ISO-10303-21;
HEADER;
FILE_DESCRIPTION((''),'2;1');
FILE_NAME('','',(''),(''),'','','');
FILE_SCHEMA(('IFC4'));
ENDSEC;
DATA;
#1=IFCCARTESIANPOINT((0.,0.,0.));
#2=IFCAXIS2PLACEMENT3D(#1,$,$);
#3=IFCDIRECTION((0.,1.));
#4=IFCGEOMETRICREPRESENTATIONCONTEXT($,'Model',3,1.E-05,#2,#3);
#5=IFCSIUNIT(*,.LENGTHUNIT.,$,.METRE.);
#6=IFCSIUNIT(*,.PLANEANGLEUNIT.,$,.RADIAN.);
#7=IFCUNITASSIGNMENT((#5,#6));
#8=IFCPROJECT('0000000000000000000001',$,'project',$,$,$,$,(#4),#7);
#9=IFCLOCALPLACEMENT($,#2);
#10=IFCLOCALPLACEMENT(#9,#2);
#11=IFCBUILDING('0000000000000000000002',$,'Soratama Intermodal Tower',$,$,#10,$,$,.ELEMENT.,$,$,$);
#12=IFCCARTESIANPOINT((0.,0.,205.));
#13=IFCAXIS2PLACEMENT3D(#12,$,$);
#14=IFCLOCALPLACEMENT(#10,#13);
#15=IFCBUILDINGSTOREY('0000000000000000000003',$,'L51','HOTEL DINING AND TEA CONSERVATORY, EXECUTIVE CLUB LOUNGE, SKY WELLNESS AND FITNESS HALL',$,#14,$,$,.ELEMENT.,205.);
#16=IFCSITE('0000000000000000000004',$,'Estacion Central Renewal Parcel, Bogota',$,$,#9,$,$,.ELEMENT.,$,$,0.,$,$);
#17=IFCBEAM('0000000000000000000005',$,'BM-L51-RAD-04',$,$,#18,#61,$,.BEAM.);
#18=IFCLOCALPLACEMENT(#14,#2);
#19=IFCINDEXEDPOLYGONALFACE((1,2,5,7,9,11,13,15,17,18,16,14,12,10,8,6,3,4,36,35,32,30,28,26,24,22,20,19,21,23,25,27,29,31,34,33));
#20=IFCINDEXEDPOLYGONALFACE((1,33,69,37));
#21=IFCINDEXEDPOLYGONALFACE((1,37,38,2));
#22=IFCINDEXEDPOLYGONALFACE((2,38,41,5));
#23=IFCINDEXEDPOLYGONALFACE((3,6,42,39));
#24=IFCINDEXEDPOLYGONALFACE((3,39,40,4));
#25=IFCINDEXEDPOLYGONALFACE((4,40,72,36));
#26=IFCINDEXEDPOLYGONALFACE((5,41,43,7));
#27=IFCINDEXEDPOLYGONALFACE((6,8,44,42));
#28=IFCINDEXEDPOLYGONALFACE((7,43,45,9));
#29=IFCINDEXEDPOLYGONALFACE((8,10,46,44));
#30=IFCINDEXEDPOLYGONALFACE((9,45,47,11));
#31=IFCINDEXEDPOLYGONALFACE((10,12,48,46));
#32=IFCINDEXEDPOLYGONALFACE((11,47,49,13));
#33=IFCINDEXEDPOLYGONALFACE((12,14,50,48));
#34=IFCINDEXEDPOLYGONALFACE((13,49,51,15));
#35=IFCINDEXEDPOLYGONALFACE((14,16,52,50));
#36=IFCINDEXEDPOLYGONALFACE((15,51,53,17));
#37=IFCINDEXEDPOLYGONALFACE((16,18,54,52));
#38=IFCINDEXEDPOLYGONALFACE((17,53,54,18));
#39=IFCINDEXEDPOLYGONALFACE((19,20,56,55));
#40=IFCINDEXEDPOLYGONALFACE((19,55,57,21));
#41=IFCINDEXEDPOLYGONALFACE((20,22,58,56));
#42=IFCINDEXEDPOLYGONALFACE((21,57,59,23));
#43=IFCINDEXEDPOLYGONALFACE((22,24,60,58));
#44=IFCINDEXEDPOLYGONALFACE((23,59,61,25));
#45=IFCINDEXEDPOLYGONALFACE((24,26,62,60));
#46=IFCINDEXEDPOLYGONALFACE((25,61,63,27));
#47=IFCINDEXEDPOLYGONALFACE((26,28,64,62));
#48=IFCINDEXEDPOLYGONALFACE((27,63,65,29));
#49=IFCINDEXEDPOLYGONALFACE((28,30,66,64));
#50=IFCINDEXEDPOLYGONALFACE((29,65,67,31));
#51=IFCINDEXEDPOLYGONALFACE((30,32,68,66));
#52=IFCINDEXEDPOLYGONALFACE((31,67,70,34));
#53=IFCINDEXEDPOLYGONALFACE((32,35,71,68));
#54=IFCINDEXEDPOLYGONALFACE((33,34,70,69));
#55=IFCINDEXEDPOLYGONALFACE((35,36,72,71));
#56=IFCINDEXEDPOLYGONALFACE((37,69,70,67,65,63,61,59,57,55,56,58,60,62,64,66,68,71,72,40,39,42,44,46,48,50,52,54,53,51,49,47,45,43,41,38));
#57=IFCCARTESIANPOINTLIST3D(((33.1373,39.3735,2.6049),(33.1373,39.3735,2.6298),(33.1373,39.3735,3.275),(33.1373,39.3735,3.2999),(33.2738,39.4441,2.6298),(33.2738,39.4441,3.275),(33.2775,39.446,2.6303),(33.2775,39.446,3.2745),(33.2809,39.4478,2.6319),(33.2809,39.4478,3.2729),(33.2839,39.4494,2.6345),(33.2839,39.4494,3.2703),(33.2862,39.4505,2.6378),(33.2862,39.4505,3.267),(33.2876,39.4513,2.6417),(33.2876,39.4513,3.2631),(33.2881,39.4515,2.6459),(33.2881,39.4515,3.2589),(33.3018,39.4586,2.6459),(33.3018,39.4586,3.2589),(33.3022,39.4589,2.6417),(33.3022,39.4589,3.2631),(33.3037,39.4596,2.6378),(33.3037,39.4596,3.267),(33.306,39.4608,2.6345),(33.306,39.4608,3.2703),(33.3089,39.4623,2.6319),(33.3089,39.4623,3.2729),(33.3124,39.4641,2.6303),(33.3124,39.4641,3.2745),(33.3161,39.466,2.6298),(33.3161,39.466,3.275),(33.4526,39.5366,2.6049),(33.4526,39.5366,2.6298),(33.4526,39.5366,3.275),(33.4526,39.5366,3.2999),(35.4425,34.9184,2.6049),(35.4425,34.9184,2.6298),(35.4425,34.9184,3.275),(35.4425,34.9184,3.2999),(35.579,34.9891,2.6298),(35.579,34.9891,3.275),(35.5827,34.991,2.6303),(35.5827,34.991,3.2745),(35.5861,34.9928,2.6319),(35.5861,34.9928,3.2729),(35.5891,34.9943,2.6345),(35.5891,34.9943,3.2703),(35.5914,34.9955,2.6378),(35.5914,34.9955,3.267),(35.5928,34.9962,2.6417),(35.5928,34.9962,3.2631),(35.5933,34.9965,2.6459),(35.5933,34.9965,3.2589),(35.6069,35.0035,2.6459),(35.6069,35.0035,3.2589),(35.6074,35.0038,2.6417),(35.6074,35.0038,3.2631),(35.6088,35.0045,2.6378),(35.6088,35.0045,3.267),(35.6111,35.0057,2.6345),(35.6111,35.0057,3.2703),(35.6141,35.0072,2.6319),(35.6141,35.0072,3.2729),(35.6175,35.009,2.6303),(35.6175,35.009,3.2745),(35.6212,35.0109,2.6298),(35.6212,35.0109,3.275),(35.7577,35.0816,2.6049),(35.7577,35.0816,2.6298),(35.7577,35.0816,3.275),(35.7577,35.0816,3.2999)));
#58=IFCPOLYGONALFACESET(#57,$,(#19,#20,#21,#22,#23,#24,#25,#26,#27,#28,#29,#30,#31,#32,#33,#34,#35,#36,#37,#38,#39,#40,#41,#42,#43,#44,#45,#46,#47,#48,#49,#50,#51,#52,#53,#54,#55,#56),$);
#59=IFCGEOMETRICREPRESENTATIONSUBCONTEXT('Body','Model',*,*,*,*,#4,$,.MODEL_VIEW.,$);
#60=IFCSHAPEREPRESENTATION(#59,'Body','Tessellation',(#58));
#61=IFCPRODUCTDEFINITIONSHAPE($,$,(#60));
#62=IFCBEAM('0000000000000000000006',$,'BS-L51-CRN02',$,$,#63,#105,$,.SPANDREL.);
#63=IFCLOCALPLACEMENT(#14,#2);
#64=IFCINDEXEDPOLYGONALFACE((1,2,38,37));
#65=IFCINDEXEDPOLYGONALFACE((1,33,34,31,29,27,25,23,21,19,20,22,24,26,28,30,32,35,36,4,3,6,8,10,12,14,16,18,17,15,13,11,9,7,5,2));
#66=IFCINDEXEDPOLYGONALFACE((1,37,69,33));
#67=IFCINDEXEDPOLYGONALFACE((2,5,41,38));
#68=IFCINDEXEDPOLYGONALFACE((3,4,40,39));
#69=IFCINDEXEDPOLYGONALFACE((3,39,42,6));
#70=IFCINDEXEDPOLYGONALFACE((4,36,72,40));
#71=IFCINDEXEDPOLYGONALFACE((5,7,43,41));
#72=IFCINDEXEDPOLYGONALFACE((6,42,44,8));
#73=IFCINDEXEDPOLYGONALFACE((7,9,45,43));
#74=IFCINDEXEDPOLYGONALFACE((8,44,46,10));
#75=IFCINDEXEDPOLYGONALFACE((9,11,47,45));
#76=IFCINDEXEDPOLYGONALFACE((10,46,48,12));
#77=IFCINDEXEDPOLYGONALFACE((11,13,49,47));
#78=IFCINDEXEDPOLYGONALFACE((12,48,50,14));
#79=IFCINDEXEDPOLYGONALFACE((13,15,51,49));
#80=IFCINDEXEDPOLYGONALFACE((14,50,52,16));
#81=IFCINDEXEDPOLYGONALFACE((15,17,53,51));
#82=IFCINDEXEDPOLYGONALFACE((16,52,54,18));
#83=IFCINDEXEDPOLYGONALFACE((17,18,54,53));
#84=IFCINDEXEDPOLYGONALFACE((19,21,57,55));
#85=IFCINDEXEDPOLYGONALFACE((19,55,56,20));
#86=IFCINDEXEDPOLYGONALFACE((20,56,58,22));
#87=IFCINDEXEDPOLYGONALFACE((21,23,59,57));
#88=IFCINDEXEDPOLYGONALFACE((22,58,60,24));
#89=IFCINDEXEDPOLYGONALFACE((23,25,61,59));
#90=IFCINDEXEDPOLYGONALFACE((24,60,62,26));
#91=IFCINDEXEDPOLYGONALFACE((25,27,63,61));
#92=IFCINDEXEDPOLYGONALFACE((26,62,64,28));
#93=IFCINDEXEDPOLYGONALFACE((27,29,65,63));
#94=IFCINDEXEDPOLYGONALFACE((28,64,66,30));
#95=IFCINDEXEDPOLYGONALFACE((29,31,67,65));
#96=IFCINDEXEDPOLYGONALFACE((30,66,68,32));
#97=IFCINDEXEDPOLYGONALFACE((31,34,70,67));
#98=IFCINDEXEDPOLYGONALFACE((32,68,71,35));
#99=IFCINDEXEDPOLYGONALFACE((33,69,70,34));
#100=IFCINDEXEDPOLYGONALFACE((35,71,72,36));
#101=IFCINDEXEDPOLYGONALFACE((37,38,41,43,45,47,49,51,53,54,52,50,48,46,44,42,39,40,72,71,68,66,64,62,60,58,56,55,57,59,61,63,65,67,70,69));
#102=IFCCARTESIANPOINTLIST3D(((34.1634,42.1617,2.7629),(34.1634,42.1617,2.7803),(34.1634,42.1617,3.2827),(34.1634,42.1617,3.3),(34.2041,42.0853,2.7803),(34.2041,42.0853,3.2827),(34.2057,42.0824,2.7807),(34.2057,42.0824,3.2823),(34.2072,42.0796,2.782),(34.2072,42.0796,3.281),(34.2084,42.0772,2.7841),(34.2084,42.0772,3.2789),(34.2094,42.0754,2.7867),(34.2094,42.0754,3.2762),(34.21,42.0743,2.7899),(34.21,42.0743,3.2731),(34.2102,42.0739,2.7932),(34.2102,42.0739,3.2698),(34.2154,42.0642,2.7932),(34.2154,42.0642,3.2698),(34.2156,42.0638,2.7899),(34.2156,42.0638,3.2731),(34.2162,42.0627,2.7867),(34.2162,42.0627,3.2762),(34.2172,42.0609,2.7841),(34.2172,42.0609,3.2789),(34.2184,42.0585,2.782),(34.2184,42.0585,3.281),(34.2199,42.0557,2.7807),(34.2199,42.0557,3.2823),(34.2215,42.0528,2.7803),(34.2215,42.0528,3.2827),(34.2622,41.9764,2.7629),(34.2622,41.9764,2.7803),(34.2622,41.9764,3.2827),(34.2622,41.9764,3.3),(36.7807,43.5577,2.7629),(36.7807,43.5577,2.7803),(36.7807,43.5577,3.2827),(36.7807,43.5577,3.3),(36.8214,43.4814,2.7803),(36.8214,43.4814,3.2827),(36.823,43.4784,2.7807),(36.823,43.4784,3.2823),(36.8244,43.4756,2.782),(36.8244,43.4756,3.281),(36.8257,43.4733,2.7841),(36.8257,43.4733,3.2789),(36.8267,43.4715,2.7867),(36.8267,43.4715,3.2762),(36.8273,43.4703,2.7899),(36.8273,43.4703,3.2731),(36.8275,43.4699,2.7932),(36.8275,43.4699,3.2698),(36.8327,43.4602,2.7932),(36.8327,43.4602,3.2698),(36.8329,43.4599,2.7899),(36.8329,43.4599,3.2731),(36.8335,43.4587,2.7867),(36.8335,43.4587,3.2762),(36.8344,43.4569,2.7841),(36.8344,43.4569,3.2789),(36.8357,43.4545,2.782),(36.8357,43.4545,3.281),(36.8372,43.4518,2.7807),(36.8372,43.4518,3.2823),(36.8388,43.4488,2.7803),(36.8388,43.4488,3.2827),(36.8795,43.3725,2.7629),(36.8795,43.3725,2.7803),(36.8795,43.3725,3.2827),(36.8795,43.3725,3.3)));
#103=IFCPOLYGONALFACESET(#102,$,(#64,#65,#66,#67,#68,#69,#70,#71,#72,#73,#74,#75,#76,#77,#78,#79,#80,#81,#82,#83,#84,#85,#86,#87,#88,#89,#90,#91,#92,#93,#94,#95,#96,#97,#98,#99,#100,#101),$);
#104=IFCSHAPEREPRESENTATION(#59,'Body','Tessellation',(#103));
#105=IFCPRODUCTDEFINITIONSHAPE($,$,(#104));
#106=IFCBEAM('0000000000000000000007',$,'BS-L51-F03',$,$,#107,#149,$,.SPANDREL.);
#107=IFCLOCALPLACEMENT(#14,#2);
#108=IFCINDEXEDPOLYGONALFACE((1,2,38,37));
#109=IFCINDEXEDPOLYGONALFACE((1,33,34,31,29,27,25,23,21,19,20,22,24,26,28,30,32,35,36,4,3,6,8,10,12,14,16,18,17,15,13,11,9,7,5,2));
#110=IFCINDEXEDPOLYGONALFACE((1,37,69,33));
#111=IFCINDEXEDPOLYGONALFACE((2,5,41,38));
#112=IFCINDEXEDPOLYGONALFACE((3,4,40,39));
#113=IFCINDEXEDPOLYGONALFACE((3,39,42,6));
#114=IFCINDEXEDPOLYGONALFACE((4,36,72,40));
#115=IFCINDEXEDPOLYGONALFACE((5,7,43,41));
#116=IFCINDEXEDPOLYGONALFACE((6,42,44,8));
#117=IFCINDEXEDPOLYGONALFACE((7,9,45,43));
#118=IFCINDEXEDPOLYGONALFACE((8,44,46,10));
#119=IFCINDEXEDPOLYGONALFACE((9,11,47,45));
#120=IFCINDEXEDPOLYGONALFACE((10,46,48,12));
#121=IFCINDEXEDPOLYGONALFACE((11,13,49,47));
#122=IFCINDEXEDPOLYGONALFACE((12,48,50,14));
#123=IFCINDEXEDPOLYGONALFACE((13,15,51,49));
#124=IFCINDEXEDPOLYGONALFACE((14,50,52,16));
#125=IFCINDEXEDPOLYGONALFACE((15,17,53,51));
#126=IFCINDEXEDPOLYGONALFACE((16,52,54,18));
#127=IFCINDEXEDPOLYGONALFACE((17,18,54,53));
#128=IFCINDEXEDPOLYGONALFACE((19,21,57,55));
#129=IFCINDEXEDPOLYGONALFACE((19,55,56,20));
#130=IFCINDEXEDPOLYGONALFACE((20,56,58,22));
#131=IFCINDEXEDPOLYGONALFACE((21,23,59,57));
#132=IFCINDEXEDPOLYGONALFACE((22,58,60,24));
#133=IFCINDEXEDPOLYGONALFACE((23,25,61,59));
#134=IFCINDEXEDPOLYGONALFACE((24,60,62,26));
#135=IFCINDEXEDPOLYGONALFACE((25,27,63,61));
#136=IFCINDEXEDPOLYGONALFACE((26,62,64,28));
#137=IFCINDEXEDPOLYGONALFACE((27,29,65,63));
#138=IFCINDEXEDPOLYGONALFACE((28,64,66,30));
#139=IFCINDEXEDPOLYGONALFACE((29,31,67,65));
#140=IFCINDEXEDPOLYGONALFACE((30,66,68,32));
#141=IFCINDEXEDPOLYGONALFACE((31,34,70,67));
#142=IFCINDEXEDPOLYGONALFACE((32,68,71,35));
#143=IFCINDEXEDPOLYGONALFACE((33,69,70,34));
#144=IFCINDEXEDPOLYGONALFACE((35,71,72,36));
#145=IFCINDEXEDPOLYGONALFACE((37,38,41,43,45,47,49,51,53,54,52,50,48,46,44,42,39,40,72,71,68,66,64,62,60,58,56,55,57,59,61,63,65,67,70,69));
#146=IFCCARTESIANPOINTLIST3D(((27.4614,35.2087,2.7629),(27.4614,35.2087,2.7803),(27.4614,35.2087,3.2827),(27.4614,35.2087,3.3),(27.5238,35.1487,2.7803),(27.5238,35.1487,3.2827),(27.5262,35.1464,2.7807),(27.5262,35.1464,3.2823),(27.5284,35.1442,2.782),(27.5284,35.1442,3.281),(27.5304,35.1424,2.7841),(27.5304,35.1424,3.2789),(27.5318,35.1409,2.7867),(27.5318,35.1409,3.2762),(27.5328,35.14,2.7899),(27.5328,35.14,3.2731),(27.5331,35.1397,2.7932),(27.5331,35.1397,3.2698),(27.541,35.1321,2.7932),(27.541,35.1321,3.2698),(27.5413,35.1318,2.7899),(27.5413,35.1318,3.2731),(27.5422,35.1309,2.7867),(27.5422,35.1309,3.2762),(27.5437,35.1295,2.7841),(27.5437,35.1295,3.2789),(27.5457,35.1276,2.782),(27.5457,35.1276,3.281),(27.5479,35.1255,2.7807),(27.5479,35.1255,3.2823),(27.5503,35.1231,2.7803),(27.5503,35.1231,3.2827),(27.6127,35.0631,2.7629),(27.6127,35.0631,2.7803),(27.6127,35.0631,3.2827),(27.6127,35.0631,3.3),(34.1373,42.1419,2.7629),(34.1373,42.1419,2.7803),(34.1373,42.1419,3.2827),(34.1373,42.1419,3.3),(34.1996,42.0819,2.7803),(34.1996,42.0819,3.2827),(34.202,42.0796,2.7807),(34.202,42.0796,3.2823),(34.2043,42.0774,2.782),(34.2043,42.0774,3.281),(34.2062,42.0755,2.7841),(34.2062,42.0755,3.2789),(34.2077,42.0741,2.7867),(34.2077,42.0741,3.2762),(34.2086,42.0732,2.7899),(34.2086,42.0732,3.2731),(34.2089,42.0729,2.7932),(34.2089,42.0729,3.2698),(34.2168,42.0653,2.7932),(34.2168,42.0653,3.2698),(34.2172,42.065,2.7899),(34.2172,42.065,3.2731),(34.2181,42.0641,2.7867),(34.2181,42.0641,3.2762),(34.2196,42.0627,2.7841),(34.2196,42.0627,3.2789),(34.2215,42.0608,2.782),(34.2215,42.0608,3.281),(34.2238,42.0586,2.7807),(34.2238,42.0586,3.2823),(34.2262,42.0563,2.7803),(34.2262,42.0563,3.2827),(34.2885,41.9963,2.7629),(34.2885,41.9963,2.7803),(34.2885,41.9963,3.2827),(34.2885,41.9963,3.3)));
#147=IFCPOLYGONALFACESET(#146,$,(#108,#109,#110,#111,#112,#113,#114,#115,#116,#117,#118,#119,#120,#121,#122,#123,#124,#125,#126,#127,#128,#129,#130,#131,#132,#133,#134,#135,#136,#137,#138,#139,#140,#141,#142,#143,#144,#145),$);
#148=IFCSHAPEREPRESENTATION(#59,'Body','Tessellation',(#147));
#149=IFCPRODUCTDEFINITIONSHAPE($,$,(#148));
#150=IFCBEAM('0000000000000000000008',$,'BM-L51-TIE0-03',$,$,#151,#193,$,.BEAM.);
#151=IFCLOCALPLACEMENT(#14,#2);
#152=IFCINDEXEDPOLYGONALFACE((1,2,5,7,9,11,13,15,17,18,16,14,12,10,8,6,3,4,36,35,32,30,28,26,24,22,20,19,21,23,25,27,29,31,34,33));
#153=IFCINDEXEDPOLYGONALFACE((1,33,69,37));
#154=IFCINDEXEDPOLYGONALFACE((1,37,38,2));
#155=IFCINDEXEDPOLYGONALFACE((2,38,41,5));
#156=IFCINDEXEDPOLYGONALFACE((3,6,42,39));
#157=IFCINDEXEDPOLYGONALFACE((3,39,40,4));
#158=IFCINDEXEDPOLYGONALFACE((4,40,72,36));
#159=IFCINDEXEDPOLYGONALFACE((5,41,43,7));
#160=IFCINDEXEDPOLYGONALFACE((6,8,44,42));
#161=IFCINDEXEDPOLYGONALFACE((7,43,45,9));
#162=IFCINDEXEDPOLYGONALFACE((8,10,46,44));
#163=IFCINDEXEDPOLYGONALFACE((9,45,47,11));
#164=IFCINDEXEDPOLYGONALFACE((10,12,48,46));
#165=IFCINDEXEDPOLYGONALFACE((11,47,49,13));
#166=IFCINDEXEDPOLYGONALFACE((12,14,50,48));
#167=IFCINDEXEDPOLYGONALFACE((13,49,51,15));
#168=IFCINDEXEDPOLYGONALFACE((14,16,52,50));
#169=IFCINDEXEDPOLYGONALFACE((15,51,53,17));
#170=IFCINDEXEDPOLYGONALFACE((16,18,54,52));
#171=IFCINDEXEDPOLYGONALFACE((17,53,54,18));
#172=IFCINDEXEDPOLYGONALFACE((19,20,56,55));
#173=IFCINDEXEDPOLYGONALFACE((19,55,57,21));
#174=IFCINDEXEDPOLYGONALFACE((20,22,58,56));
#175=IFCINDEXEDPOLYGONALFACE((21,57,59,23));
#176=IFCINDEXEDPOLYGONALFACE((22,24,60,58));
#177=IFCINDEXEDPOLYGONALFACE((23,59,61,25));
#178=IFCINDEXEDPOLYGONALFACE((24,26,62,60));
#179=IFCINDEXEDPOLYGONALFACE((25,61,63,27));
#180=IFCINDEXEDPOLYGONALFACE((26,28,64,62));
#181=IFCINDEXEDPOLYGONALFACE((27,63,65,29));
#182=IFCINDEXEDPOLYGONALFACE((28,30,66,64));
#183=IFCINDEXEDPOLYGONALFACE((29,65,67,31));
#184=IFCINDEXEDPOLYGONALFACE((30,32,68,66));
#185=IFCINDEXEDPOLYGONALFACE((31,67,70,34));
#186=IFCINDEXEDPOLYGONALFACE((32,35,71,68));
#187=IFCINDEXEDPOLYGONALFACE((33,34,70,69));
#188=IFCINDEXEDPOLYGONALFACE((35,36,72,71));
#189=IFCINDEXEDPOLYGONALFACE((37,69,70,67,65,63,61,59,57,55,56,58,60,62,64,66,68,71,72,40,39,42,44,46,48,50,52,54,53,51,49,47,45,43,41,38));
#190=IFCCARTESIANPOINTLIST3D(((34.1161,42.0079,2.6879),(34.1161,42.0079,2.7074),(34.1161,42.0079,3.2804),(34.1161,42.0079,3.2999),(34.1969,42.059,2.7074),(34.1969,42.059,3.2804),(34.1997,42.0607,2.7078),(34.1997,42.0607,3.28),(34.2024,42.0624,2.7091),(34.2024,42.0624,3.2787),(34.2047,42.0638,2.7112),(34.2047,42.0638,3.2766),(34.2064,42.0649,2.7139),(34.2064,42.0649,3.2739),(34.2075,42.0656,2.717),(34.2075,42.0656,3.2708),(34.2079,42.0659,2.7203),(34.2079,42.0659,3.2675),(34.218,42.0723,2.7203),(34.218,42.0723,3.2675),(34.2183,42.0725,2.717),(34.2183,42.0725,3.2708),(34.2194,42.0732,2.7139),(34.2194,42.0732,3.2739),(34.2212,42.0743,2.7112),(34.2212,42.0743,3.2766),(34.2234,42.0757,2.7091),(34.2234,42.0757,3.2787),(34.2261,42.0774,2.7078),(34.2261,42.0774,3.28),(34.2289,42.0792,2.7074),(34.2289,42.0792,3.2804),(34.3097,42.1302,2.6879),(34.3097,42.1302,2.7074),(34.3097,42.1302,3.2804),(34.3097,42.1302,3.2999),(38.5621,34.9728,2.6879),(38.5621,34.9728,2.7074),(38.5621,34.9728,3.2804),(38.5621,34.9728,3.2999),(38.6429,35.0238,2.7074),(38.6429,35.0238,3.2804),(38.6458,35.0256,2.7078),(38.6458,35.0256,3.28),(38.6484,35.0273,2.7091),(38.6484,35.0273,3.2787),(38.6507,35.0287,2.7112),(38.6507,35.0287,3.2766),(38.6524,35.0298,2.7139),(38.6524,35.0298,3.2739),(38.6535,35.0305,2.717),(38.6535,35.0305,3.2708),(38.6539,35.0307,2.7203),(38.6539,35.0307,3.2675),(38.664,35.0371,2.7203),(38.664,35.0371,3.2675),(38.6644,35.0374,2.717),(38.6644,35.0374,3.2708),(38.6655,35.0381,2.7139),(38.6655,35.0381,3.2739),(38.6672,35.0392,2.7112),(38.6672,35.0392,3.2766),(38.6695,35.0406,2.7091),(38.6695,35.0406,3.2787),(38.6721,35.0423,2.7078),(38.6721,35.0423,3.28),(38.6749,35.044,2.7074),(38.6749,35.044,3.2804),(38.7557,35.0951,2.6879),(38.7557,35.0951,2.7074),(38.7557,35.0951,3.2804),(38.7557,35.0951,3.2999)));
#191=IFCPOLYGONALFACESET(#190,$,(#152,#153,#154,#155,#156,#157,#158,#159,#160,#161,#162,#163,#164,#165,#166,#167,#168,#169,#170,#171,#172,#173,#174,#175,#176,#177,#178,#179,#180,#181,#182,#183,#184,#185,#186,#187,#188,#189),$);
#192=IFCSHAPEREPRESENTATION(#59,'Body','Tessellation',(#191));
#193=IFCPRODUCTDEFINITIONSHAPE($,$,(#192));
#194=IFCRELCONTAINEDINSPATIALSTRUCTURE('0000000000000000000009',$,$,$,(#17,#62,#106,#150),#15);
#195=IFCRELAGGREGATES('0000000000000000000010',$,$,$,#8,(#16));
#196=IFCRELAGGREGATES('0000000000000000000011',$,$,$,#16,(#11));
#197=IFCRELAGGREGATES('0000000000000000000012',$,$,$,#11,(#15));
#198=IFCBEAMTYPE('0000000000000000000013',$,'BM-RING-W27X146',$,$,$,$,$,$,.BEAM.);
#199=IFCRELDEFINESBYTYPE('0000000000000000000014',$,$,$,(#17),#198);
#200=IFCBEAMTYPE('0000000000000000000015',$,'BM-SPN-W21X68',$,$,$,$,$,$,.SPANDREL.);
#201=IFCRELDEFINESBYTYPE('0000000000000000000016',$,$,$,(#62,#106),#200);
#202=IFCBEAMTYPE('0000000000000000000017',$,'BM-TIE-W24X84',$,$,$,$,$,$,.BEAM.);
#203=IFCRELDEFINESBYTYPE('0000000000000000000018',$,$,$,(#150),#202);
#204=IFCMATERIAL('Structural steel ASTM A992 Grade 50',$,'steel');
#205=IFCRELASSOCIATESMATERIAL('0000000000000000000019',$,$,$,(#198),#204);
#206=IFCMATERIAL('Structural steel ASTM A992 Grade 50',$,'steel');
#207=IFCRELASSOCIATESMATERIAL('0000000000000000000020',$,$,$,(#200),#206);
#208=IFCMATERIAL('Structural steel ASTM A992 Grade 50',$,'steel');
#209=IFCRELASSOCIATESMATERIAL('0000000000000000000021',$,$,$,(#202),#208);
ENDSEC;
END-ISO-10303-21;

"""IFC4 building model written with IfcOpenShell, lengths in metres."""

from ifc_helpers import new_model, si_unit, direction, frame, origin, origin_2d, place, context, subcontext, project, spatial, i_section, extrude, material, material_profile, profile_set, type_object, element, save


model = new_model("IFC4")

# Units and contexts
model_context = context("Model", 3, precision=1e-05, world=origin(), true_north=direction((0.0, 1.0)))
body_context = subcontext(model_context, "Body", "Model", "MODEL_VIEW")
ifc_project = project(units=[si_unit("LENGTHUNIT", "METRE"), si_unit("PLANEANGLEUNIT", "RADIAN")], contexts=[model_context])

# Site, building, storey
site_placement = place(None, origin())
site = spatial("IfcSite", under=ifc_project, at=site_placement, Name="Estacion Central Renewal Parcel, Bogota", CompositionType="ELEMENT", RefElevation=0.0)
building_placement = place(site_placement, origin())
building = spatial("IfcBuilding", under=site, at=building_placement, Name="Soratama Intermodal Tower", CompositionType="ELEMENT")
storey_placement = place(building_placement, frame((0.0, 0.0, 205.0)))
storey = spatial("IfcBuildingStorey", under=building, at=storey_placement, Name="L51", Description="HOTEL DINING AND TEA CONSERVATORY, EXECUTIVE CLUB LOUNGE, SKY WELLNESS AND FITNESS HALL", CompositionType="ELEMENT", Elevation=205.0)

# Beams
ifc_material_1 = material(Name="Structural steel ASTM A992 Grade 50", Category="steel")
ifc_material_profile_1 = material_profile(ifc_material_1, i_section(OverallWidth=0.355, OverallDepth=0.6951, WebThickness=0.0154, FlangeThickness=0.0249, FilletRadius=0.0161, at=origin_2d()), Name="W27X146")
ifc_profile_set_1 = profile_set([ifc_material_profile_1], Name="Structural steel ASTM A992 Grade 50")
beam_type_1 = type_object("IfcBeamType", Name="BM-RING-W27X146", PredefinedType="BEAM", material=ifc_profile_set_1)
beam_1_placement = place(storey_placement, frame((35.6001, 35.0, 2.9524), z_axis=(-0.459553, 0.888151, 0.0), x_axis=(-0.888151, -0.459553, 0.0)))
element("IfcBeam", 1, at=beam_1_placement, inside=storey, type_object=beam_type_1, Name="BM-L51-RAD-04", PredefinedType="BEAM", context=body_context, shape_type="SweptSolid", body=[
    extrude(i_section(OverallWidth=0.355, OverallDepth=0.6951, WebThickness=0.0154, FlangeThickness=0.0249, FilletRadius=0.0161, at=origin_2d()), origin(), (0.0, 0.0, 1.0), 5.0161),
])
ifc_material_2 = material(Name="Structural steel ASTM A992 Grade 50", Category="steel")
ifc_material_profile_2 = material_profile(ifc_material_2, i_section(OverallWidth=0.21, OverallDepth=0.5371, WebThickness=0.011, FlangeThickness=0.0173, FilletRadius=0.0129, at=origin_2d()), Name="W21X68")
ifc_profile_set_2 = profile_set([ifc_material_profile_2], Name="Structural steel ASTM A992 Grade 50")
beam_type_2 = type_object("IfcBeamType", Name="BM-SPN-W21X68", PredefinedType="SPANDREL", material=ifc_profile_set_2)
beam_2_placement = place(storey_placement, frame((36.8301, 43.4651, 3.0315), z_axis=(-0.88233, -0.470631, 0.0), x_axis=(0.470631, -0.88233, 0.0)))
element("IfcBeam", 2, at=beam_2_placement, inside=storey, type_object=beam_type_2, Name="BS-L51-CRN02", PredefinedType="SPANDREL", context=body_context, shape_type="SweptSolid", body=[
    extrude(i_section(OverallWidth=0.21, OverallDepth=0.5371, WebThickness=0.011, FlangeThickness=0.0173, FilletRadius=0.0129, at=origin_2d()), origin(), (0.0, 0.0, 1.0), 2.9663),
])
beam_3_placement = place(storey_placement, frame((34.2129, 42.0691, 3.0315), z_axis=(-0.693612, -0.720348, 0.0), x_axis=(0.720348, -0.693612, 0.0)))
element("IfcBeam", 3, at=beam_3_placement, inside=storey, type_object=beam_type_2, Name="BS-L51-F03", PredefinedType="SPANDREL", context=body_context, shape_type="SweptSolid", body=[
    extrude(i_section(OverallWidth=0.21, OverallDepth=0.5371, WebThickness=0.011, FlangeThickness=0.0173, FilletRadius=0.0129, at=origin_2d()), origin(), (0.0, 0.0, 1.0), 9.6248),
])
ifc_material_3 = material(Name="Structural steel ASTM A992 Grade 50", Category="steel")
ifc_material_profile_3 = material_profile(ifc_material_3, i_section(OverallWidth=0.229, OverallDepth=0.6121, WebThickness=0.012, FlangeThickness=0.0195, FilletRadius=0.0129, at=origin_2d()), Name="W24X84")
ifc_profile_set_3 = profile_set([ifc_material_profile_3], Name="Structural steel ASTM A992 Grade 50")
beam_type_3 = type_object("IfcBeamType", Name="BM-TIE-W24X84", PredefinedType="BEAM", material=ifc_profile_set_3)
beam_4_placement = place(storey_placement, frame((38.6589, 35.0339, 2.9939), z_axis=(-0.534232, 0.845338, 0.0), x_axis=(-0.845338, -0.534232, 0.0)))
element("IfcBeam", 4, at=beam_4_placement, inside=storey, type_object=beam_type_3, Name="BM-L51-TIE0-03", PredefinedType="BEAM", context=body_context, shape_type="SweptSolid", body=[
    extrude(i_section(OverallWidth=0.229, OverallDepth=0.6121, WebThickness=0.012, FlangeThickness=0.0195, FilletRadius=0.0129, at=origin_2d()), origin(), (0.0, 0.0, 1.0), 8.3223),
])

save(model, "model.ifc")
